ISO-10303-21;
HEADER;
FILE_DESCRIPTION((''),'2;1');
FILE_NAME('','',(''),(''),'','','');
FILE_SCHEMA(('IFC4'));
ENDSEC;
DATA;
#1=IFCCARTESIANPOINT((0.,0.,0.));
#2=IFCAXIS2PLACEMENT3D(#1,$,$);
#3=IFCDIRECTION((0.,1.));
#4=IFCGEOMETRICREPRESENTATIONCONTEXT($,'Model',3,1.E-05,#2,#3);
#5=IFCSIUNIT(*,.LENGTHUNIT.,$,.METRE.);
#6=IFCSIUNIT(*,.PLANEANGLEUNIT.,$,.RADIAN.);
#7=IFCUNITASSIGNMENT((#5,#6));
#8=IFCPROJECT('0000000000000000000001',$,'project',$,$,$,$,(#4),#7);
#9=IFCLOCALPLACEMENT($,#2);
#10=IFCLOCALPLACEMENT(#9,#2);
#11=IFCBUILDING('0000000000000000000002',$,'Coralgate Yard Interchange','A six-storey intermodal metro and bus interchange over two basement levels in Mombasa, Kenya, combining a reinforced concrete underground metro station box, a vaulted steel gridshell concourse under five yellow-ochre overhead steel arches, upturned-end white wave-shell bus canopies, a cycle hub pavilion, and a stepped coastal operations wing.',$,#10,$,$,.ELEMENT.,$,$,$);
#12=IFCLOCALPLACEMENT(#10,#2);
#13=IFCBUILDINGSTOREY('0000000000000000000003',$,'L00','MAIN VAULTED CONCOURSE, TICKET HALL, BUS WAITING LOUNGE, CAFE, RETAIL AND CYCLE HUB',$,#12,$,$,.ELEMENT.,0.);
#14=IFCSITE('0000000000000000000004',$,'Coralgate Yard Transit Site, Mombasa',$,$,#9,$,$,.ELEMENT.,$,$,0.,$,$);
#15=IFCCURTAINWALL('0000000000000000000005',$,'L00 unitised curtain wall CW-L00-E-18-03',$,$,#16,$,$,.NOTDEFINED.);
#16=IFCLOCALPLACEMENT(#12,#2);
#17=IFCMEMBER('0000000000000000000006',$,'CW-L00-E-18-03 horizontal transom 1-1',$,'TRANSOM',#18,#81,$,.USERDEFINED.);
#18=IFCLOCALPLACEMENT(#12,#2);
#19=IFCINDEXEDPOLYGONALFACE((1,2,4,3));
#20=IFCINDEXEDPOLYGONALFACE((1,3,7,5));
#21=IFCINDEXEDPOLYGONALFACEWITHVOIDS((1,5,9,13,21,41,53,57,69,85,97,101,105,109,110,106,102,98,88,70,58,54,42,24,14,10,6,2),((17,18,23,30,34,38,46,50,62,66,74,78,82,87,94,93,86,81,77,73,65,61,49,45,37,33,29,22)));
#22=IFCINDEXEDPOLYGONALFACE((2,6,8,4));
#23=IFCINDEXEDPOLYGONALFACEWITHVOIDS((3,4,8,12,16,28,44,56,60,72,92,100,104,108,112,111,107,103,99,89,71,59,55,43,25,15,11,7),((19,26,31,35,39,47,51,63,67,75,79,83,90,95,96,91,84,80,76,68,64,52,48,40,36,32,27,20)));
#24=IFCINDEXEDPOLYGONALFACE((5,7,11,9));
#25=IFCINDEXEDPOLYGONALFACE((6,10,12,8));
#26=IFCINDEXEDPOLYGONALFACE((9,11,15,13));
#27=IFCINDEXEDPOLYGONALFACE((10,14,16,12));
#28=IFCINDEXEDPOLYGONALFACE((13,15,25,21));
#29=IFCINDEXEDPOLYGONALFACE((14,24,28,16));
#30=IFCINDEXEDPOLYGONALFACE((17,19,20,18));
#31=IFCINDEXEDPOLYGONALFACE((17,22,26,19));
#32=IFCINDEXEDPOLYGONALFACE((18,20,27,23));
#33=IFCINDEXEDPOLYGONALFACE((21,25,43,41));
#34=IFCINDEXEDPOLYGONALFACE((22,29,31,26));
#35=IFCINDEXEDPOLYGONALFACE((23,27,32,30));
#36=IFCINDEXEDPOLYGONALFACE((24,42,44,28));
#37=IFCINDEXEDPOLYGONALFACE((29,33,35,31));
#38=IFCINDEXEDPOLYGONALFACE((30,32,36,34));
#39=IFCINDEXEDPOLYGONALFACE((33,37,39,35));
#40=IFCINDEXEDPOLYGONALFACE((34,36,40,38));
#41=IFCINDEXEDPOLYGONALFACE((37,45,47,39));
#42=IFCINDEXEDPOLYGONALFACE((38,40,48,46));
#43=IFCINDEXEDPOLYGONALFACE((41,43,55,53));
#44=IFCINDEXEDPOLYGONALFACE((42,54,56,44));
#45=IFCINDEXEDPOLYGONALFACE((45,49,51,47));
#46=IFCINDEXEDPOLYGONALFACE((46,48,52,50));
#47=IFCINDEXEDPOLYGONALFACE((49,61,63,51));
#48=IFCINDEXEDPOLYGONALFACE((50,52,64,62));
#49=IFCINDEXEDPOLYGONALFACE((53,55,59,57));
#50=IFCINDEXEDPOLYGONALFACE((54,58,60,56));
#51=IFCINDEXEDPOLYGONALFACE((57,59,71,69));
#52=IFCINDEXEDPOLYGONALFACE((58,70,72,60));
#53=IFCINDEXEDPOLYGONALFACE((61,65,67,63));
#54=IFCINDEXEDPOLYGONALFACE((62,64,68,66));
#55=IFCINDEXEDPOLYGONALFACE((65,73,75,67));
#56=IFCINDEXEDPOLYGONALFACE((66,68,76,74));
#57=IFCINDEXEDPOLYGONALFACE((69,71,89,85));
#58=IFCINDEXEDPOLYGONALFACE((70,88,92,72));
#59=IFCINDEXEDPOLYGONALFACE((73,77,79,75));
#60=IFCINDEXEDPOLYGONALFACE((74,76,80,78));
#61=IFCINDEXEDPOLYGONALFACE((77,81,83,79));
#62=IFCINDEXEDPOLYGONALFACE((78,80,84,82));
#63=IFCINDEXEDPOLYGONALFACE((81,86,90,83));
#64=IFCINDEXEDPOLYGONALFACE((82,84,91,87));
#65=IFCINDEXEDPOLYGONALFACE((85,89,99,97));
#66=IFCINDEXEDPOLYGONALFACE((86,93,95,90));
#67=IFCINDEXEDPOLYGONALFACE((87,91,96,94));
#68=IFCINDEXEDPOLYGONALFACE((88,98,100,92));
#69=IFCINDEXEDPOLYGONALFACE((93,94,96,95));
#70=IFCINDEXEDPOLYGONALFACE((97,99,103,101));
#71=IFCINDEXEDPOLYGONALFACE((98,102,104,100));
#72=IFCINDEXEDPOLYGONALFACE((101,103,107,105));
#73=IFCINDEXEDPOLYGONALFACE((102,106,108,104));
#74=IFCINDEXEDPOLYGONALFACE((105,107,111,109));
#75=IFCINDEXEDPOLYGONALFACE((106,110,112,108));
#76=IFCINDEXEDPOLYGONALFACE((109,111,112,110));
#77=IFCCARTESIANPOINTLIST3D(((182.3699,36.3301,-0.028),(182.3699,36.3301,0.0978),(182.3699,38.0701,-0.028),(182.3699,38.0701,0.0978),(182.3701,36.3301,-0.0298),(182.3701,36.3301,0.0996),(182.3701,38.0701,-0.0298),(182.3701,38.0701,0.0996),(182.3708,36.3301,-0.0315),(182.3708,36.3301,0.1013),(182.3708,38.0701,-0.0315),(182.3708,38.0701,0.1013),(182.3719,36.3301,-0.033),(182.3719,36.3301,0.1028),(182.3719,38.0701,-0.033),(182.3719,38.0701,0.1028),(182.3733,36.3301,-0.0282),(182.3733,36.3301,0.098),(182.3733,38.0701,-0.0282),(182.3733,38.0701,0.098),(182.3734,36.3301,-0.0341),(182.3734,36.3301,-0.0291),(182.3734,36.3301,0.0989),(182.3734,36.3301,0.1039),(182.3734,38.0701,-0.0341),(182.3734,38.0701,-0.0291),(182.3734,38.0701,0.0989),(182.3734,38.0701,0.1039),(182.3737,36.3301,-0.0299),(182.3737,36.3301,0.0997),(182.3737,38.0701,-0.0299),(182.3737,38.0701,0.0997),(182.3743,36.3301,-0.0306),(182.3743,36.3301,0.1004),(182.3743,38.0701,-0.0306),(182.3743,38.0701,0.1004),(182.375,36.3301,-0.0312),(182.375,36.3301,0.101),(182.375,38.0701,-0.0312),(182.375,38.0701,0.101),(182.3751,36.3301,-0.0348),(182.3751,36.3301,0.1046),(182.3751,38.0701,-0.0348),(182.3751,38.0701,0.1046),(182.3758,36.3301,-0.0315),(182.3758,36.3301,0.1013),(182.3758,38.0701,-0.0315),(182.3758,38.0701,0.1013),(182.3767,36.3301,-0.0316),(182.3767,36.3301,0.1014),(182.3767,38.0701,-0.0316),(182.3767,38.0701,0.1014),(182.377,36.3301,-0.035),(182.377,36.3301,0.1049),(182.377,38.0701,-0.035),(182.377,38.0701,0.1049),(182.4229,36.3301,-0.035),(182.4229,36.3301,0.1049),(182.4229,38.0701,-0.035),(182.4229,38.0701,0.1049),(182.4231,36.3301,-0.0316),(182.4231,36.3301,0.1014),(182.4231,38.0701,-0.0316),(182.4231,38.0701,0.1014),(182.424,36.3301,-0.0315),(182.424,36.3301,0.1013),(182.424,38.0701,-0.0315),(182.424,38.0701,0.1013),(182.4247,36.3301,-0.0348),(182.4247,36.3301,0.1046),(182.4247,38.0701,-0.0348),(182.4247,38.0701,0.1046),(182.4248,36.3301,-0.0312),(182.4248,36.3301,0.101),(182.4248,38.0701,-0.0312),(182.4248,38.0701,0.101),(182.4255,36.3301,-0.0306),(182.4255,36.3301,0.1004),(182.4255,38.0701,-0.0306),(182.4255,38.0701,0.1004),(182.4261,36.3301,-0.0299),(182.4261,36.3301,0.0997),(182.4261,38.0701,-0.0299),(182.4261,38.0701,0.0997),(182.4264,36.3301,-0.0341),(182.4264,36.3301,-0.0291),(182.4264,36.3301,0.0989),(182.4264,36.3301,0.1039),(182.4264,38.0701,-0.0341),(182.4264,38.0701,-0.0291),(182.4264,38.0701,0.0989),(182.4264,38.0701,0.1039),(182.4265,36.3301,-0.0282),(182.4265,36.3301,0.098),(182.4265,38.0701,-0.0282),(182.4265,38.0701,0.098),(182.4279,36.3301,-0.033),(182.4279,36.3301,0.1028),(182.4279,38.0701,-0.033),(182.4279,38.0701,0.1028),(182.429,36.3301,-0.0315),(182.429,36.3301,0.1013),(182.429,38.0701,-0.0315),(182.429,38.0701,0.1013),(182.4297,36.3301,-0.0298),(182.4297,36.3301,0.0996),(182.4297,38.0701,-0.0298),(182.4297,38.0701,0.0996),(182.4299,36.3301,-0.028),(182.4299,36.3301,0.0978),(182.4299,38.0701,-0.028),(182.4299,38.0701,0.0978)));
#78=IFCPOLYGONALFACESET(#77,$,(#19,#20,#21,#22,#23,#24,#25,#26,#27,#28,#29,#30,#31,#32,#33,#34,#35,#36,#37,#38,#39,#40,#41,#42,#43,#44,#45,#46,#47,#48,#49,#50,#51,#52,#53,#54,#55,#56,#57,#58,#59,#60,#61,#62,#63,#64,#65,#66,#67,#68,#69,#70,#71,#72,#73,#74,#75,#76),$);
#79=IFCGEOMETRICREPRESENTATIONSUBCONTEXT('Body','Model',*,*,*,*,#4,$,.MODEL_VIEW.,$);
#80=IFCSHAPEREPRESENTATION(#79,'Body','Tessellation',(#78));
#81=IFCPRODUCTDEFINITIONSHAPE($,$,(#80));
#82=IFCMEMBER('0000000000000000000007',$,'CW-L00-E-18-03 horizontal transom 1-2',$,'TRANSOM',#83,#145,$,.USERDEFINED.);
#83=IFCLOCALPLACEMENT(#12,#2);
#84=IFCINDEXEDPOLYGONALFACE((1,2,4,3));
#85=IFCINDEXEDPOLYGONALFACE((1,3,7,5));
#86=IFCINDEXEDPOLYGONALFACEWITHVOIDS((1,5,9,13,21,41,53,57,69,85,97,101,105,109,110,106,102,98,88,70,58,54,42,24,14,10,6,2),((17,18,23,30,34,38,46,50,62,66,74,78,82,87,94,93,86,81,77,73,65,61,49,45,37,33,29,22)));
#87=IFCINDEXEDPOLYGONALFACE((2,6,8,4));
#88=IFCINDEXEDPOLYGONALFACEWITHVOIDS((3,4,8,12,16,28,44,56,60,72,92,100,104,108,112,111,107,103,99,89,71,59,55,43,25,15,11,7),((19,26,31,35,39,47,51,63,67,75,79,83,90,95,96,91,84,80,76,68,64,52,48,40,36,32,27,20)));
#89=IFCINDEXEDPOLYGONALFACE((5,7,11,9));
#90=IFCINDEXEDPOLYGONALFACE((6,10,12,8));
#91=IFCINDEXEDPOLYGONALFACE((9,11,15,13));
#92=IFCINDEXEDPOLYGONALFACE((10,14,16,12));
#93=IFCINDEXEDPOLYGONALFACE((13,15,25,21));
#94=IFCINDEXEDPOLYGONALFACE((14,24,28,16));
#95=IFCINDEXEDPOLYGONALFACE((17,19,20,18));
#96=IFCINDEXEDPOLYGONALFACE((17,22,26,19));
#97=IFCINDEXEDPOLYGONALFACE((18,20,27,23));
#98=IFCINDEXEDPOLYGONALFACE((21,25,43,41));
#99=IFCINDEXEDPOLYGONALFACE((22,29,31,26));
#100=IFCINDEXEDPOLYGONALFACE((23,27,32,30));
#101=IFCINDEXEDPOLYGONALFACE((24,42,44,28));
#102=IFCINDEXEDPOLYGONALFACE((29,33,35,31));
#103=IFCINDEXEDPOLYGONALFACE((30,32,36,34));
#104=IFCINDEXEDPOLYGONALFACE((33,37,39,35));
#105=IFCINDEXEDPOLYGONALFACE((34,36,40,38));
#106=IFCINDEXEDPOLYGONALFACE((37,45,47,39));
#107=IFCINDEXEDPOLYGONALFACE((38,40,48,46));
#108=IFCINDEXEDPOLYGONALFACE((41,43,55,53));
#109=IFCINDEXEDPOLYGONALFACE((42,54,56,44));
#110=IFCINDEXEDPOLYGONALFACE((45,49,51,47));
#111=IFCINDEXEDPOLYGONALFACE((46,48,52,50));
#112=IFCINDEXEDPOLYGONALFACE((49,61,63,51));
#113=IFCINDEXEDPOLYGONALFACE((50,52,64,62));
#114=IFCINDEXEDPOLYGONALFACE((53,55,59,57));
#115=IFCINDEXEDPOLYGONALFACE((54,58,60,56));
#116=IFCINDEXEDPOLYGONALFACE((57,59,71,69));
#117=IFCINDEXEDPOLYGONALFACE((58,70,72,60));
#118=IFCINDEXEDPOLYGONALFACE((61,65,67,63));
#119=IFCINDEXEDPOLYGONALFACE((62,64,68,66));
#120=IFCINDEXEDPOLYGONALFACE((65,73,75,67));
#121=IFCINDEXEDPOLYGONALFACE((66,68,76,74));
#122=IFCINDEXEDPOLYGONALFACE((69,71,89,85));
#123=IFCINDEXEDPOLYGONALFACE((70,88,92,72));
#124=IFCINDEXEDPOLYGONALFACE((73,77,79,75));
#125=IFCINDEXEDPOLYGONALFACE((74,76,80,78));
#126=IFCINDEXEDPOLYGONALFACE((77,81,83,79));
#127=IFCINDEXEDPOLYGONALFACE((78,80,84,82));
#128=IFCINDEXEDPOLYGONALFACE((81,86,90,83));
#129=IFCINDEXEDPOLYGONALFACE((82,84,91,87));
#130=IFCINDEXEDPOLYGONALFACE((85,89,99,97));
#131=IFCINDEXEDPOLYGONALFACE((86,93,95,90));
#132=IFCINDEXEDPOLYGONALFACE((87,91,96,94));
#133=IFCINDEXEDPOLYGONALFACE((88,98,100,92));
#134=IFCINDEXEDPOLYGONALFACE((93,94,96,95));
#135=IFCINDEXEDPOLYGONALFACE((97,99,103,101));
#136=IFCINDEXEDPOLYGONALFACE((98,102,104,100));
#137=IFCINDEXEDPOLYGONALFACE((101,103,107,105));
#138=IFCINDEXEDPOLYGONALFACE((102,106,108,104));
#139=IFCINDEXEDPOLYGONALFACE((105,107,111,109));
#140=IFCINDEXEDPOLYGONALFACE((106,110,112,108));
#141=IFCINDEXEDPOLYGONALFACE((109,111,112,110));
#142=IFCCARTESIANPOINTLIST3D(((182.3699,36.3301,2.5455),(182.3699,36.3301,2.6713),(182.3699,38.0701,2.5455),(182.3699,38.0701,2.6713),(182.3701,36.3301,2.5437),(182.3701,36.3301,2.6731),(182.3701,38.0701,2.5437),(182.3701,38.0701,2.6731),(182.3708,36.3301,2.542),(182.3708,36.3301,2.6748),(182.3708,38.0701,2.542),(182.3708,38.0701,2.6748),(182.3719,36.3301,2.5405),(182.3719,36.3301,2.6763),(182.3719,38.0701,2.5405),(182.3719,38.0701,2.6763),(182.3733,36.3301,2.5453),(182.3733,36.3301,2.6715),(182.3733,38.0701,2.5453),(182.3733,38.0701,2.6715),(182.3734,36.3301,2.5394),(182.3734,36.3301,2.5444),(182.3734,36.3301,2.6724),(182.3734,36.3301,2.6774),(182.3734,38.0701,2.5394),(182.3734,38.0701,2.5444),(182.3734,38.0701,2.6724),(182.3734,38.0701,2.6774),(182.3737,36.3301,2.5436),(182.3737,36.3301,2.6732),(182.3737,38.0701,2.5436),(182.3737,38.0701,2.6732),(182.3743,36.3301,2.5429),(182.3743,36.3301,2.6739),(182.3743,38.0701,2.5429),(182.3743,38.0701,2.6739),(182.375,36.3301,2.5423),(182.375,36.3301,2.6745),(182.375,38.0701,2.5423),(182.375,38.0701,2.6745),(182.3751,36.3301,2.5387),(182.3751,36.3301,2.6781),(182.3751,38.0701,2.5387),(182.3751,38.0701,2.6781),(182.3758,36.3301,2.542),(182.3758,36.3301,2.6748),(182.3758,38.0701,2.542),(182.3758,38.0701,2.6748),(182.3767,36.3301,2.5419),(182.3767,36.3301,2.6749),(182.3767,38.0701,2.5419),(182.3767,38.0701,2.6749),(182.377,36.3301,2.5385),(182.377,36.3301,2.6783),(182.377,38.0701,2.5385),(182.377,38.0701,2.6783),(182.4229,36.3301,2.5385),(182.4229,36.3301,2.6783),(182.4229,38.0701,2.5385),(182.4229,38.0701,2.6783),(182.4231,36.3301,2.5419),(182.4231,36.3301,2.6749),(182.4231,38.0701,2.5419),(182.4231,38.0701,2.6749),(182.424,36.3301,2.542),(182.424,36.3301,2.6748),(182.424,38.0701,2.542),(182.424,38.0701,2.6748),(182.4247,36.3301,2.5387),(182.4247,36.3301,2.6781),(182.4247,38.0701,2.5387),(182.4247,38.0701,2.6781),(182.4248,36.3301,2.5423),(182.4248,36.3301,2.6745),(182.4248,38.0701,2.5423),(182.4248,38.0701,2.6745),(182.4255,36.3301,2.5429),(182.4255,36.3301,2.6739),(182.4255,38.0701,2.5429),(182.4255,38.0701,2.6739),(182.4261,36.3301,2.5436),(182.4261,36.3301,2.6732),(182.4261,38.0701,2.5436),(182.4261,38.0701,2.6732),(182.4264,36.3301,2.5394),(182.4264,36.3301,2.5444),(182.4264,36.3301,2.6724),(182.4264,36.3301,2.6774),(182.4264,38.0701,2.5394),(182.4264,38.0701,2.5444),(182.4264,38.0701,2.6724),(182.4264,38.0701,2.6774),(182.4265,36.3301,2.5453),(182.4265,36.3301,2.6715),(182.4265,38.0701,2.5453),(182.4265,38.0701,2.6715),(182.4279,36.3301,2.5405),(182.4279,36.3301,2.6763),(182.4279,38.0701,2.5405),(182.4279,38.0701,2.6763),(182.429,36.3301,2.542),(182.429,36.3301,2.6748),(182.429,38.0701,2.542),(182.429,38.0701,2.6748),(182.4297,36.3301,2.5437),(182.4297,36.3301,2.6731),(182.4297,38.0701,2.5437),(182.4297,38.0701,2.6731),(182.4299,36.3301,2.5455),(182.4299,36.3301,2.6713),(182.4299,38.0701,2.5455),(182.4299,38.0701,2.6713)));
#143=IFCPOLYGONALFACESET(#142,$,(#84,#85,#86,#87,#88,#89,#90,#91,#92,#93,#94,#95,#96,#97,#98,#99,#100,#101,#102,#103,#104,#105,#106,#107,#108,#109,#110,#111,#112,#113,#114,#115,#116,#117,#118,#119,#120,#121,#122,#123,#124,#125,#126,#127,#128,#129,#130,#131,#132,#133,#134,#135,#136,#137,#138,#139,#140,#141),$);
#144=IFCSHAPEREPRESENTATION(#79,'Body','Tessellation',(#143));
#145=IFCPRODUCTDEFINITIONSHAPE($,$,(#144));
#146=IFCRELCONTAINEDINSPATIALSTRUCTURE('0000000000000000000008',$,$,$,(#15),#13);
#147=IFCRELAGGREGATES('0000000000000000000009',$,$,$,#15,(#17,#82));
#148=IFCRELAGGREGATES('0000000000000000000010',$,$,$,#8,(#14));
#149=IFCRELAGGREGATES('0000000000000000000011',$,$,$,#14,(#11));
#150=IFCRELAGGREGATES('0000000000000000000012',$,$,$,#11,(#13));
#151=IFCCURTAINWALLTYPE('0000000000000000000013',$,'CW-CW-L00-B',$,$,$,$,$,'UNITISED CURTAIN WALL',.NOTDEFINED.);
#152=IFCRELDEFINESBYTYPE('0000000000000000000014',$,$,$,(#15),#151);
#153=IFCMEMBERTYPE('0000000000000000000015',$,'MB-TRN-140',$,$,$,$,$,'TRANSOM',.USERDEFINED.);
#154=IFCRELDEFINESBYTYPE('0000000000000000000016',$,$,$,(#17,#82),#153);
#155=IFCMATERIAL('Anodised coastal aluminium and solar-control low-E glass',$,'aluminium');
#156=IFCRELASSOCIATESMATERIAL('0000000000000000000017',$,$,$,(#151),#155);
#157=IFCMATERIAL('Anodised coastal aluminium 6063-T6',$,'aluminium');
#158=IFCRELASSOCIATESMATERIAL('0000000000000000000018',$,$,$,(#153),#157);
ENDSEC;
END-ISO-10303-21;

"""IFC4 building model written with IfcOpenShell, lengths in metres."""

from ifc_helpers import new_model, si_unit, direction, frame, origin, origin_2d, place, context, subcontext, project, spatial, hollow_rectangle, extrude, material, material_profile, profile_set, type_object, element, aggregate, save


model = new_model("IFC4")

# Units and contexts
model_context = context("Model", 3, precision=1e-05, world=origin(), true_north=direction((0.0, 1.0)))
body_context = subcontext(model_context, "Body", "Model", "MODEL_VIEW")
ifc_project = project(units=[si_unit("LENGTHUNIT", "METRE"), si_unit("PLANEANGLEUNIT", "RADIAN")], contexts=[model_context])

# Site, building, storey
site_placement = place(None, origin())
site = spatial("IfcSite", under=ifc_project, at=site_placement, Name="Coralgate Yard Transit Site, Mombasa", CompositionType="ELEMENT", RefElevation=0.0)
building_placement = place(site_placement, origin())
building = spatial("IfcBuilding", under=site, at=building_placement, Name="Coralgate Yard Interchange", Description="A six-storey intermodal metro and bus interchange over two basement levels in Mombasa, Kenya, combining a reinforced concrete underground metro station box, a vaulted steel gridshell concourse under five yellow-ochre overhead steel arches, upturned-end white wave-shell bus canopies, a cycle hub pavilion, and a stepped coastal operations wing.", CompositionType="ELEMENT")
storey_placement = place(building_placement, origin())
storey = spatial("IfcBuildingStorey", under=building, at=storey_placement, Name="L00", Description="MAIN VAULTED CONCOURSE, TICKET HALL, BUS WAITING LOUNGE, CAFE, RETAIL AND CYCLE HUB", CompositionType="ELEMENT", Elevation=0.0)

# Curtain wall, members
ifc_material_1 = material(Name="Anodised coastal aluminium and solar-control low-E glass", Category="aluminium")
curtain_wall_type = type_object("IfcCurtainWallType", Name="CW-CW-L00-B", ElementType="UNITISED CURTAIN WALL", PredefinedType="NOTDEFINED", material=ifc_material_1)
curtain_wall_placement = place(storey_placement, origin())
curtain_wall = element("IfcCurtainWall", 1, at=curtain_wall_placement, inside=storey, type_object=curtain_wall_type, Name="L00 unitised curtain wall CW-L00-E-18-03", PredefinedType="NOTDEFINED")
ifc_material_2 = material(Name="Anodised coastal aluminium 6063-T6", Category="aluminium")
ifc_material_profile_1 = material_profile(ifc_material_2, hollow_rectangle(XDim=0.0601, YDim=0.1399, WallThickness=0.0034, InnerFilletRadius=0.0034, OuterFilletRadius=0.0071, at=origin_2d()), Name="ALU 60x140x3.5")
ifc_profile_set_1 = profile_set([ifc_material_profile_1], Name="Anodised coastal aluminium 6063-T6")
member_type_1 = type_object("IfcMemberType", Name="MB-TRN-140", ElementType="TRANSOM", PredefinedType="USERDEFINED", material=ifc_profile_set_1)
member_1_placement = place(storey_placement, frame((182.3999, 38.0701, 0.0349), z_axis=(0.0, -1.0, 0.0), x_axis=(1.0, 0.0, 0.0)))
member_1 = element("IfcMember", 2, at=member_1_placement, type_object=member_type_1, Name="CW-L00-E-18-03 horizontal transom 1-1", ObjectType="TRANSOM", PredefinedType="USERDEFINED", context=body_context, shape_type="SweptSolid", body=[
    extrude(hollow_rectangle(XDim=0.0601, YDim=0.1399, WallThickness=0.0034, InnerFilletRadius=0.0034, OuterFilletRadius=0.0071, at=origin_2d()), origin(), (0.0, 0.0, 1.0), 1.74),
])
member_2_placement = place(storey_placement, frame((182.3999, 38.0701, 2.6084), z_axis=(0.0, -1.0, 0.0), x_axis=(1.0, 0.0, 0.0)))
member_2 = element("IfcMember", 3, at=member_2_placement, type_object=member_type_1, Name="CW-L00-E-18-03 horizontal transom 1-2", ObjectType="TRANSOM", PredefinedType="USERDEFINED", context=body_context, shape_type="SweptSolid", body=[
    extrude(hollow_rectangle(XDim=0.0601, YDim=0.1399, WallThickness=0.0034, InnerFilletRadius=0.0034, OuterFilletRadius=0.0071, at=origin_2d()), origin(), (0.0, 0.0, 1.0), 1.74),
])
aggregate(curtain_wall, [member_1, member_2])

save(model, "model.ifc")
